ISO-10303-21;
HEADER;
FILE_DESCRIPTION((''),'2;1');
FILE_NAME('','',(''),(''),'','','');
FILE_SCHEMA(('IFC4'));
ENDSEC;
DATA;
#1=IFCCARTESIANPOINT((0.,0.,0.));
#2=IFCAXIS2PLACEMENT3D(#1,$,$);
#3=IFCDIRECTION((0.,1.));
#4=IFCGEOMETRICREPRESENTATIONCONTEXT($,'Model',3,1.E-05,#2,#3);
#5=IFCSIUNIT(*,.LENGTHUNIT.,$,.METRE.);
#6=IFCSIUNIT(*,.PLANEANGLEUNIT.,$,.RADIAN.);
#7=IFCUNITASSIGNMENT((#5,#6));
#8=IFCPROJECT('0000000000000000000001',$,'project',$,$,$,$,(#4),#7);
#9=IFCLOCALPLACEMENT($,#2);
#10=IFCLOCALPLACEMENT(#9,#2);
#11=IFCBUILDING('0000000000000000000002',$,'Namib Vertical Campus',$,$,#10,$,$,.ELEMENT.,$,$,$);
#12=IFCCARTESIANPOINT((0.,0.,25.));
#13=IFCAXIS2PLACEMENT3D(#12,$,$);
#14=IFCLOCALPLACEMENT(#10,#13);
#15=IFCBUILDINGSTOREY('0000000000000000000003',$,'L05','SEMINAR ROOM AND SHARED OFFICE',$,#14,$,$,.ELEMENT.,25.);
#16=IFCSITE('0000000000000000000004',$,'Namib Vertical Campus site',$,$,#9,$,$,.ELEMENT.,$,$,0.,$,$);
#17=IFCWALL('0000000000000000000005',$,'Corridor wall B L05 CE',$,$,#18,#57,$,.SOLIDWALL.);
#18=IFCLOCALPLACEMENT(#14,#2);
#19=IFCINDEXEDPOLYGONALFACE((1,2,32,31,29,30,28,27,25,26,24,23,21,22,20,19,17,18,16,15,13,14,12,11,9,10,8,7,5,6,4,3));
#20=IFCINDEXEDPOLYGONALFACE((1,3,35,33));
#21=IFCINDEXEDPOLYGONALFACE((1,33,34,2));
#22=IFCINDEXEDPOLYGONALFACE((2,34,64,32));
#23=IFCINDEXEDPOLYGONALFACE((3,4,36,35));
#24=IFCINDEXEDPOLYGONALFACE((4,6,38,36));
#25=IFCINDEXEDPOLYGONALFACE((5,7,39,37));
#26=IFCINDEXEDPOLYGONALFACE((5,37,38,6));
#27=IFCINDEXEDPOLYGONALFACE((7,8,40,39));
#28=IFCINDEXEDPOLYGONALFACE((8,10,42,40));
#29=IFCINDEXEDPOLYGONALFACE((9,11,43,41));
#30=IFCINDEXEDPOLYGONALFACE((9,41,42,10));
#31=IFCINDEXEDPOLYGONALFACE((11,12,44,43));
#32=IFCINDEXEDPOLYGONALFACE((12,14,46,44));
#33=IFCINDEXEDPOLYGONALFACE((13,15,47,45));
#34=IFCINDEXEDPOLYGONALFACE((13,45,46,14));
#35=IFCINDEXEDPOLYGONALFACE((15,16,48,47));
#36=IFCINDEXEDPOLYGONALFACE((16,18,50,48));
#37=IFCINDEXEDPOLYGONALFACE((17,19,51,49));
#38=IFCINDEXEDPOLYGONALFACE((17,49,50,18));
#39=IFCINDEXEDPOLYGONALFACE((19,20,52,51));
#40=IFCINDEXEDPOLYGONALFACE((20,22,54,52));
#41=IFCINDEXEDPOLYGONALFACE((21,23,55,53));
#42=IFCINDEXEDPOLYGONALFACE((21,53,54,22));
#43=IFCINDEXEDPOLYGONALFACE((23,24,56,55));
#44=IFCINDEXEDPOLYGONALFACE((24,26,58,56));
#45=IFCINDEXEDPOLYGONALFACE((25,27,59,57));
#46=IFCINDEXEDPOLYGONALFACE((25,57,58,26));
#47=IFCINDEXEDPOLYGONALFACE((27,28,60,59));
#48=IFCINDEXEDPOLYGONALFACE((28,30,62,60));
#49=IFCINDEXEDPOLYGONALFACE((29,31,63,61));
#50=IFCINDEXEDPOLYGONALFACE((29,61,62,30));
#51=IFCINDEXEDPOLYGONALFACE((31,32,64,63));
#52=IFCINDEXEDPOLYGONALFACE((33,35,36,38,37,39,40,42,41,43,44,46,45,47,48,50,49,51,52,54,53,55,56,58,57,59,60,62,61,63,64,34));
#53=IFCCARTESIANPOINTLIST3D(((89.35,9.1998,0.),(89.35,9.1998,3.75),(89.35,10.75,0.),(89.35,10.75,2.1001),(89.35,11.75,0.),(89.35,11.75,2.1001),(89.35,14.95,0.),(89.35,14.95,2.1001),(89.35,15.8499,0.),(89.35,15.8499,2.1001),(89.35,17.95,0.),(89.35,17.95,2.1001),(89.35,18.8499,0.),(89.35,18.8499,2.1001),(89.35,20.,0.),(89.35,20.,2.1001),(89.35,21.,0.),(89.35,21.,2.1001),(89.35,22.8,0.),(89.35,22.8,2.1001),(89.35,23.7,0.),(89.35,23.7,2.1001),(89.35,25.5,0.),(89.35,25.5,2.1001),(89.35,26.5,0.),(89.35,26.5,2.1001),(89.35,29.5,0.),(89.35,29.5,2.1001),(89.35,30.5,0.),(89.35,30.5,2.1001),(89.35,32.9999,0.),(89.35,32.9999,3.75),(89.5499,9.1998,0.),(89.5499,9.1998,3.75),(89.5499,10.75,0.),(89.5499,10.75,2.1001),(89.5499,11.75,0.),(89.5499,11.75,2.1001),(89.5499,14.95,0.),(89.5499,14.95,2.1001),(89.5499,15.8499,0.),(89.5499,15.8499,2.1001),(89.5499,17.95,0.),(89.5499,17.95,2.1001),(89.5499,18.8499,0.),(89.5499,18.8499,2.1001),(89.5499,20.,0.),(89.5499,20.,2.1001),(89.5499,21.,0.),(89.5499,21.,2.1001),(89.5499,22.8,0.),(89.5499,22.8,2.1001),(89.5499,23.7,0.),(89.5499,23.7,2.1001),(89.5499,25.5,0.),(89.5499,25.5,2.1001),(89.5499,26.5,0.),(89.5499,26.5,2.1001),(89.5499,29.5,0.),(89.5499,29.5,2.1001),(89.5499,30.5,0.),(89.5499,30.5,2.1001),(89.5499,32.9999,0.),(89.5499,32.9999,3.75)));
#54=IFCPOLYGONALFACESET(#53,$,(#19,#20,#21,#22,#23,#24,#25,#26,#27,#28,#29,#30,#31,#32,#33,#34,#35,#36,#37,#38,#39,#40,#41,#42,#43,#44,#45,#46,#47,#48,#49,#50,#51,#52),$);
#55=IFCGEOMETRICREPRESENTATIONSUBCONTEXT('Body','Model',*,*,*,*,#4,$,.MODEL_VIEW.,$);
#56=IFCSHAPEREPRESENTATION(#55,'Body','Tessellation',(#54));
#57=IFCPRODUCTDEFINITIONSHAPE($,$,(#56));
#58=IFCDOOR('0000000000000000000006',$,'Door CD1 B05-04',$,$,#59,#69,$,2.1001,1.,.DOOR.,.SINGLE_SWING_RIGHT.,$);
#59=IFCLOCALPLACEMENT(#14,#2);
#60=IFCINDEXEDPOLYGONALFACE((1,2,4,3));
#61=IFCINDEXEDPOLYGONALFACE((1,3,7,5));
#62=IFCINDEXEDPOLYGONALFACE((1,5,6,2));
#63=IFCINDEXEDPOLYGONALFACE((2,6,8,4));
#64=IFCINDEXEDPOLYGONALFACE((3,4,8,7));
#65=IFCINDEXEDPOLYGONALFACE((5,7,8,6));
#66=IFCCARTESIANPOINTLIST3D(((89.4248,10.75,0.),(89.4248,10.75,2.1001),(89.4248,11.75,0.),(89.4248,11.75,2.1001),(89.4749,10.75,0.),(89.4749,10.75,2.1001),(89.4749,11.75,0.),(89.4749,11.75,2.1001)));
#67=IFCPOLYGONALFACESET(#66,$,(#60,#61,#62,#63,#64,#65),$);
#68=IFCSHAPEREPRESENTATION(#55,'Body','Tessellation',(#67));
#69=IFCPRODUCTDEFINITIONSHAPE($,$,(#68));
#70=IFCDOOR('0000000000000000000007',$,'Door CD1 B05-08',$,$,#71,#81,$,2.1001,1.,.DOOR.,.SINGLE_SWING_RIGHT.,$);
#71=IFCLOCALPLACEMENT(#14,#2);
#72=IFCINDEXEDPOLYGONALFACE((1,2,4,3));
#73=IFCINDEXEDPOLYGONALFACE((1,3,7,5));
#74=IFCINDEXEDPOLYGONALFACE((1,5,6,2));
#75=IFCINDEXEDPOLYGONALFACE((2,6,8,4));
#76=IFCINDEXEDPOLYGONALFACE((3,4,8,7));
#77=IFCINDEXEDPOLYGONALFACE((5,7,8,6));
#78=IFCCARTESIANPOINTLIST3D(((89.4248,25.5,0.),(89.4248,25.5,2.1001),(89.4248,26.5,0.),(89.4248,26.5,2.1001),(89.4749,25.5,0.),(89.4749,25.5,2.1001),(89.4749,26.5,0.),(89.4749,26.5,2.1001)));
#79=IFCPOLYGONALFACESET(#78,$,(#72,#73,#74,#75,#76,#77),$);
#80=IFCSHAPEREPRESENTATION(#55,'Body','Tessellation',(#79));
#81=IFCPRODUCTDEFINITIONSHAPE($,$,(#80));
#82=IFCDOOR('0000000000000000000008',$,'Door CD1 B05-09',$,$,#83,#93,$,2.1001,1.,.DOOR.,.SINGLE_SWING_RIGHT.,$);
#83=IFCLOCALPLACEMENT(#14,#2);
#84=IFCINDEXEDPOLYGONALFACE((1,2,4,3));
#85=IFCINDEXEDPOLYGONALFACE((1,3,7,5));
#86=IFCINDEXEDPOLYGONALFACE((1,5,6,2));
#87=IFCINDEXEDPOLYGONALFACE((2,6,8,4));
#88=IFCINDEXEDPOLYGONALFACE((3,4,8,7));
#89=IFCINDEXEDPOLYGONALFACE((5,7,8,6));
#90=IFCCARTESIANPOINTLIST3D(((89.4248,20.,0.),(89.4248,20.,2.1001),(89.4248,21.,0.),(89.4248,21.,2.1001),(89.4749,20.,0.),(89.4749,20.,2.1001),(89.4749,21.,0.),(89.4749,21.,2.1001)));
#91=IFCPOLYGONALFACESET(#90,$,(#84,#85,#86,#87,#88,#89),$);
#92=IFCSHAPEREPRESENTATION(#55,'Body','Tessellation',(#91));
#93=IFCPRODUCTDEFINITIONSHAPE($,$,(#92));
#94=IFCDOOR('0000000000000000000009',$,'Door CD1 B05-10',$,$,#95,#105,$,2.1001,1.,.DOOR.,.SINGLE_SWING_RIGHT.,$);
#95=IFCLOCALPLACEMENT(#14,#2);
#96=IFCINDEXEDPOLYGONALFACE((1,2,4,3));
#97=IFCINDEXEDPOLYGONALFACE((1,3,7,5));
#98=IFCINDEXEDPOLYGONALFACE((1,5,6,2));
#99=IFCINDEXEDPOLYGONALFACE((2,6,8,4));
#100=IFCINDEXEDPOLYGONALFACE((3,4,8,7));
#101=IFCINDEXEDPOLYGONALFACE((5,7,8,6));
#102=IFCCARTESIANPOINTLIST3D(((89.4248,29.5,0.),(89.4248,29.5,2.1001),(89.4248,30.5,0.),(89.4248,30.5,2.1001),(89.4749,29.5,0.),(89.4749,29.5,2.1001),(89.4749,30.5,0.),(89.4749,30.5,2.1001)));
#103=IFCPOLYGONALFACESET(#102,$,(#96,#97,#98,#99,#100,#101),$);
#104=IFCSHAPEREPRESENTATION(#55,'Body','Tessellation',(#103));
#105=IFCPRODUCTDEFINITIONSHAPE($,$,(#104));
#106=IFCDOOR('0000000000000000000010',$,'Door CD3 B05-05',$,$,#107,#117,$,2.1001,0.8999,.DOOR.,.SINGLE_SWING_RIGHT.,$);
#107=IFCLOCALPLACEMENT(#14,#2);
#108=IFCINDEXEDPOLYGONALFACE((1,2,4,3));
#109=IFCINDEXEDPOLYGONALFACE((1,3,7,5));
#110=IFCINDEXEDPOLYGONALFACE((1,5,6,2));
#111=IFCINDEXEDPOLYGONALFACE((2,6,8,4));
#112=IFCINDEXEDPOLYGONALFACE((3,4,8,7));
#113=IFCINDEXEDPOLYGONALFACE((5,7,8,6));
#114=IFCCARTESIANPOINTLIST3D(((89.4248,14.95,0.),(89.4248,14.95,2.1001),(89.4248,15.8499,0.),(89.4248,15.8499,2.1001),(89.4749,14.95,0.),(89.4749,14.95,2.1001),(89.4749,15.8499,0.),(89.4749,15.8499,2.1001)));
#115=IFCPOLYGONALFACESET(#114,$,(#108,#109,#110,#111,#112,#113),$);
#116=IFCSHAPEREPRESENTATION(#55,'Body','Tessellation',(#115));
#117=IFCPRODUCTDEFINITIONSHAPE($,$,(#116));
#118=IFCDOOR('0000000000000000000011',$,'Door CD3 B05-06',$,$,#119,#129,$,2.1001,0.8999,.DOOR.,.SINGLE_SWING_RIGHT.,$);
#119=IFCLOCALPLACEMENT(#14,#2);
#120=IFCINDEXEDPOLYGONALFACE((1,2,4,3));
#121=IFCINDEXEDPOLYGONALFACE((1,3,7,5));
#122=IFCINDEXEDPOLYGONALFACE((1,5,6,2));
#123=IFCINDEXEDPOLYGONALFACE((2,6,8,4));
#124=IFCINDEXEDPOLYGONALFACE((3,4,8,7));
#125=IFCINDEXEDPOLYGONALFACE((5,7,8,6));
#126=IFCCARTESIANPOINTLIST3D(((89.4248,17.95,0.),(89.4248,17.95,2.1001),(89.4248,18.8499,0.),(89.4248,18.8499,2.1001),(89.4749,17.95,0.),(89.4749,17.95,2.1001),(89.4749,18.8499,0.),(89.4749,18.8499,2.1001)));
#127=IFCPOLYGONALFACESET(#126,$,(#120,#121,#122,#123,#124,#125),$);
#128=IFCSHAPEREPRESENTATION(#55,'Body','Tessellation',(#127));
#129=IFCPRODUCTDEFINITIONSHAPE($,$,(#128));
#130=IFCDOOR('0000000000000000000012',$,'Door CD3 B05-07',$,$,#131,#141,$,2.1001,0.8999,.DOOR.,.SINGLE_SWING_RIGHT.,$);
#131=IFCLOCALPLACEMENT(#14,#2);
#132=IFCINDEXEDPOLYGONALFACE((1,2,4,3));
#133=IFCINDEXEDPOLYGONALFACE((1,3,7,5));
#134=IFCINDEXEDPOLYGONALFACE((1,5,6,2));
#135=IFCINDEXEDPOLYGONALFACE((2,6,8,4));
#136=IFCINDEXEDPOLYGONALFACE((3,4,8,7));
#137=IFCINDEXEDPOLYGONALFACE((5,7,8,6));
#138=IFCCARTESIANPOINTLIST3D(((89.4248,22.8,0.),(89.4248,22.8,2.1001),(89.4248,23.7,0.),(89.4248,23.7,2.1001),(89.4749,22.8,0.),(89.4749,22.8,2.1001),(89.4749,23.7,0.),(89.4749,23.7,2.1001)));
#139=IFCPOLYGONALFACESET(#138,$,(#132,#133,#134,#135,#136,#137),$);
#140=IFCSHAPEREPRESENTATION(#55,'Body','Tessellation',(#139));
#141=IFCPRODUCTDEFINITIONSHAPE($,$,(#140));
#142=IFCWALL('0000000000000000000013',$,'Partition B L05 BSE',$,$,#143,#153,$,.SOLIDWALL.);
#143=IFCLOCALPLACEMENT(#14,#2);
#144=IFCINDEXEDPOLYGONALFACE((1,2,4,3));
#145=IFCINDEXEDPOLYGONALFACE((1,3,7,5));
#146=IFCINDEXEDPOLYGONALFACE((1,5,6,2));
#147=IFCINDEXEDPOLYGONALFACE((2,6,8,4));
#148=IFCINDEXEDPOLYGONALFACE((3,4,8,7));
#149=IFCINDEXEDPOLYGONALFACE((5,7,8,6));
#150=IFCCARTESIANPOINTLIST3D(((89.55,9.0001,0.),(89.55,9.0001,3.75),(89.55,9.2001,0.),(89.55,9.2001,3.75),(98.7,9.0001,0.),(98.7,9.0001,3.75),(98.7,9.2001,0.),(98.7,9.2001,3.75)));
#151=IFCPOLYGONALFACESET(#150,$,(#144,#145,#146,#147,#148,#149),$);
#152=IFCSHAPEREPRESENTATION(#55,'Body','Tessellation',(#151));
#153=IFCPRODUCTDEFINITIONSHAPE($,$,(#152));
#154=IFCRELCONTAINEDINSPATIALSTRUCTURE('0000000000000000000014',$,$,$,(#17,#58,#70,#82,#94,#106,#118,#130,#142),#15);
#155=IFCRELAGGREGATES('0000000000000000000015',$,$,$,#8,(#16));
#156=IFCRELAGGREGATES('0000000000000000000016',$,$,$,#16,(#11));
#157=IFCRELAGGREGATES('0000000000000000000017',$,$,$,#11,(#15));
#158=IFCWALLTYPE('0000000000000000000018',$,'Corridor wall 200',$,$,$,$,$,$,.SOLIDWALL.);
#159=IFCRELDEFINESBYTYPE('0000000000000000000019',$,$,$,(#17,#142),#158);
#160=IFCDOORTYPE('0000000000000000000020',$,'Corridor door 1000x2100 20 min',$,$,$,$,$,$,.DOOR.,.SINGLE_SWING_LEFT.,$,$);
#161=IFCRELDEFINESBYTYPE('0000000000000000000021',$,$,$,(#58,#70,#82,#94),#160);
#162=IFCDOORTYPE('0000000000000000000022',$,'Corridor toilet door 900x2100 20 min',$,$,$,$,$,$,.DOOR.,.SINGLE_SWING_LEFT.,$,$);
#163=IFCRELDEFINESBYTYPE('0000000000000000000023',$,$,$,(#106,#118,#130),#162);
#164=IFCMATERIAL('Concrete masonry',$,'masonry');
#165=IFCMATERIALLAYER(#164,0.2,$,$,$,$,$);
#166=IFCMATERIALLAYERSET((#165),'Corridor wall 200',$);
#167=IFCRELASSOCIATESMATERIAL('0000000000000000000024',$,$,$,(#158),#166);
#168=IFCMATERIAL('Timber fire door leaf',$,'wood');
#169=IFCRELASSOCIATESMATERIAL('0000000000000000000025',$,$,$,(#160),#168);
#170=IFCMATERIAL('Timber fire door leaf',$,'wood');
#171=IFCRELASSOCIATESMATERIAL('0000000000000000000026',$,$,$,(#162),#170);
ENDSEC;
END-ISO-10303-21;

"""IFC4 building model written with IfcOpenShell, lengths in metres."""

from ifc_helpers import new_model, si_unit, direction, frame, frame_2d, origin, place, context, subcontext, project, spatial, rectangle, extrude, material, layer, layer_set, type_object, element, fill, save


model = new_model("IFC4")

# Units and contexts
model_context = context("Model", 3, precision=1e-05, world=origin(), true_north=direction((0.0, 1.0)))
body_context = subcontext(model_context, "Body", "Model", "MODEL_VIEW")
ifc_project = project(units=[si_unit("LENGTHUNIT", "METRE"), si_unit("PLANEANGLEUNIT", "RADIAN")], contexts=[model_context])

# Site, building, storey
site_placement = place(None, origin())
site = spatial("IfcSite", under=ifc_project, at=site_placement, Name="Namib Vertical Campus site", CompositionType="ELEMENT", RefElevation=0.0)
building_placement = place(site_placement, origin())
building = spatial("IfcBuilding", under=site, at=building_placement, Name="Namib Vertical Campus", CompositionType="ELEMENT")
storey_placement = place(building_placement, frame((0.0, 0.0, 25.0)))
storey = spatial("IfcBuildingStorey", under=building, at=storey_placement, Name="L05", Description="SEMINAR ROOM AND SHARED OFFICE", CompositionType="ELEMENT", Elevation=25.0)

# Wall, openings, doors
ifc_material_1 = material(Name="Concrete masonry", Category="masonry")
ifc_layer_1 = layer(ifc_material_1, 0.2)
ifc_layer_set_1 = layer_set([ifc_layer_1], Name="Corridor wall 200")
wall_type_1 = type_object("IfcWallType", Name="Corridor wall 200", PredefinedType="SOLIDWALL", material=ifc_layer_set_1)
wall_1_placement = place(storey_placement, frame((89.45, 9.2, 0.0), z_axis=(0.0, 0.0, 1.0), x_axis=(0.0, 1.0, 0.0)))
wall_1 = element("IfcWall", 1, at=wall_1_placement, inside=storey, type_object=wall_type_1, Name="Corridor wall B L05 CE", PredefinedType="SOLIDWALL", context=body_context, shape_type="SweptSolid", body=[
    extrude(rectangle(XDim=23.8, YDim=0.2, at=frame_2d((11.8999, 0.0))), origin(), (0.0, 0.0, 1.0), 3.75),
])
opening_1_placement = place(wall_1_placement, frame((1.55, 0.0, 0.0)))
opening_1 = element("IfcOpeningElement", 2, at=opening_1_placement, cuts=wall_1, PredefinedType="OPENING", context=body_context, shape_type="SweptSolid", body=[
    extrude(rectangle(XDim=1.0, YDim=2.1001, at=frame_2d((0.5, 1.05))), frame((0.0, 0.1099, 0.0), z_axis=(0.0, -1.0, 0.0), x_axis=(1.0, 0.0, 0.0)), (0.0, 0.0, 1.0), 0.22),
])
opening_2_placement = place(wall_1_placement, frame((5.75, 0.0, 0.0)))
opening_2 = element("IfcOpeningElement", 3, at=opening_2_placement, cuts=wall_1, PredefinedType="OPENING", context=body_context, shape_type="SweptSolid", body=[
    extrude(rectangle(XDim=0.8999, YDim=2.1001, at=frame_2d((0.45, 1.05))), frame((0.0, 0.1099, 0.0), z_axis=(0.0, -1.0, 0.0), x_axis=(1.0, 0.0, 0.0)), (0.0, 0.0, 1.0), 0.22),
])
opening_3_placement = place(wall_1_placement, frame((8.75, 0.0, 0.0)))
opening_3 = element("IfcOpeningElement", 4, at=opening_3_placement, cuts=wall_1, PredefinedType="OPENING", context=body_context, shape_type="SweptSolid", body=[
    extrude(rectangle(XDim=0.8999, YDim=2.1001, at=frame_2d((0.45, 1.05))), frame((0.0, 0.1099, 0.0), z_axis=(0.0, -1.0, 0.0), x_axis=(1.0, 0.0, 0.0)), (0.0, 0.0, 1.0), 0.22),
])
opening_4_placement = place(wall_1_placement, frame((13.6001, 0.0, 0.0)))
opening_4 = element("IfcOpeningElement", 5, at=opening_4_placement, cuts=wall_1, PredefinedType="OPENING", context=body_context, shape_type="SweptSolid", body=[
    extrude(rectangle(XDim=0.8999, YDim=2.1001, at=frame_2d((0.45, 1.05))), frame((0.0, 0.1099, 0.0), z_axis=(0.0, -1.0, 0.0), x_axis=(1.0, 0.0, 0.0)), (0.0, 0.0, 1.0), 0.22),
])
opening_5_placement = place(wall_1_placement, frame((16.3, 0.0, 0.0)))
opening_5 = element("IfcOpeningElement", 6, at=opening_5_placement, cuts=wall_1, PredefinedType="OPENING", context=body_context, shape_type="SweptSolid", body=[
    extrude(rectangle(XDim=1.0, YDim=2.1001, at=frame_2d((0.5, 1.05))), frame((0.0, 0.1099, 0.0), z_axis=(0.0, -1.0, 0.0), x_axis=(1.0, 0.0, 0.0)), (0.0, 0.0, 1.0), 0.22),
])
opening_6_placement = place(wall_1_placement, frame((10.8, 0.0, 0.0)))
opening_6 = element("IfcOpeningElement", 7, at=opening_6_placement, cuts=wall_1, PredefinedType="OPENING", context=body_context, shape_type="SweptSolid", body=[
    extrude(rectangle(XDim=1.0, YDim=2.1001, at=frame_2d((0.5, 1.05))), frame((0.0, 0.1099, 0.0), z_axis=(0.0, -1.0, 0.0), x_axis=(1.0, 0.0, 0.0)), (0.0, 0.0, 1.0), 0.22),
])
opening_7_placement = place(wall_1_placement, frame((20.3, 0.0, 0.0)))
opening_7 = element("IfcOpeningElement", 8, at=opening_7_placement, cuts=wall_1, PredefinedType="OPENING", context=body_context, shape_type="SweptSolid", body=[
    extrude(rectangle(XDim=1.0, YDim=2.1001, at=frame_2d((0.5, 1.05))), frame((0.0, 0.1099, 0.0), z_axis=(0.0, -1.0, 0.0), x_axis=(1.0, 0.0, 0.0)), (0.0, 0.0, 1.0), 0.22),
])
ifc_material_2 = material(Name="Timber fire door leaf", Category="wood")
door_type_1 = type_object("IfcDoorType", Name="Corridor door 1000x2100 20 min", OperationType="SINGLE_SWING_LEFT", PredefinedType="DOOR", material=ifc_material_2)
door_1_placement = place(opening_1_placement, frame((1.0, 0.0, 0.0), z_axis=(0.0, 0.0, 1.0), x_axis=(-1.0, 0.0, 0.0)))
door_1 = element("IfcDoor", 9, at=door_1_placement, inside=storey, type_object=door_type_1, Name="Door CD1 B05-04", OperationType="SINGLE_SWING_RIGHT", OverallHeight=2.1001, OverallWidth=1.0, PredefinedType="DOOR", context=body_context, shape_type="SweptSolid", body=[
    extrude(rectangle(XDim=1.0, YDim=2.1001, at=frame_2d((0.5, 1.05))), frame((0.0, 0.0249, 0.0), z_axis=(0.0, -1.0, 0.0), x_axis=(1.0, 0.0, 0.0)), (0.0, 0.0, 1.0), 0.05),
])
fill(opening_1, door_1)
door_2_placement = place(opening_5_placement, frame((1.0, 0.0, 0.0), z_axis=(0.0, 0.0, 1.0), x_axis=(-1.0, 0.0, 0.0)))
door_2 = element("IfcDoor", 10, at=door_2_placement, inside=storey, type_object=door_type_1, Name="Door CD1 B05-08", OperationType="SINGLE_SWING_RIGHT", OverallHeight=2.1001, OverallWidth=1.0, PredefinedType="DOOR", context=body_context, shape_type="SweptSolid", body=[
    extrude(rectangle(XDim=1.0, YDim=2.1001, at=frame_2d((0.5, 1.05))), frame((0.0, 0.0249, 0.0), z_axis=(0.0, -1.0, 0.0), x_axis=(1.0, 0.0, 0.0)), (0.0, 0.0, 1.0), 0.05),
])
fill(opening_5, door_2)
door_3_placement = place(opening_6_placement, frame((1.0, 0.0, 0.0), z_axis=(0.0, 0.0, 1.0), x_axis=(-1.0, 0.0, 0.0)))
door_3 = element("IfcDoor", 11, at=door_3_placement, inside=storey, type_object=door_type_1, Name="Door CD1 B05-09", OperationType="SINGLE_SWING_RIGHT", OverallHeight=2.1001, OverallWidth=1.0, PredefinedType="DOOR", context=body_context, shape_type="SweptSolid", body=[
    extrude(rectangle(XDim=1.0, YDim=2.1001, at=frame_2d((0.5, 1.05))), frame((0.0, 0.0249, 0.0), z_axis=(0.0, -1.0, 0.0), x_axis=(1.0, 0.0, 0.0)), (0.0, 0.0, 1.0), 0.05),
])
fill(opening_6, door_3)
door_4_placement = place(opening_7_placement, frame((1.0, 0.0, 0.0), z_axis=(0.0, 0.0, 1.0), x_axis=(-1.0, 0.0, 0.0)))
door_4 = element("IfcDoor", 12, at=door_4_placement, inside=storey, type_object=door_type_1, Name="Door CD1 B05-10", OperationType="SINGLE_SWING_RIGHT", OverallHeight=2.1001, OverallWidth=1.0, PredefinedType="DOOR", context=body_context, shape_type="SweptSolid", body=[
    extrude(rectangle(XDim=1.0, YDim=2.1001, at=frame_2d((0.5, 1.05))), frame((0.0, 0.0249, 0.0), z_axis=(0.0, -1.0, 0.0), x_axis=(1.0, 0.0, 0.0)), (0.0, 0.0, 1.0), 0.05),
])
fill(opening_7, door_4)
ifc_material_3 = material(Name="Timber fire door leaf", Category="wood")
door_type_2 = type_object("IfcDoorType", Name="Corridor toilet door 900x2100 20 min", OperationType="SINGLE_SWING_LEFT", PredefinedType="DOOR", material=ifc_material_3)
door_5_placement = place(opening_2_placement, frame((0.8999, 0.0, 0.0), z_axis=(0.0, 0.0, 1.0), x_axis=(-1.0, 0.0, 0.0)))
door_5 = element("IfcDoor", 13, at=door_5_placement, inside=storey, type_object=door_type_2, Name="Door CD3 B05-05", OperationType="SINGLE_SWING_RIGHT", OverallHeight=2.1001, OverallWidth=0.8999, PredefinedType="DOOR", context=body_context, shape_type="SweptSolid", body=[
    extrude(rectangle(XDim=0.8999, YDim=2.1001, at=frame_2d((0.45, 1.05))), frame((0.0, 0.0249, 0.0), z_axis=(0.0, -1.0, 0.0), x_axis=(1.0, 0.0, 0.0)), (0.0, 0.0, 1.0), 0.05),
])
fill(opening_2, door_5)
door_6_placement = place(opening_3_placement, frame((0.8999, 0.0, 0.0), z_axis=(0.0, 0.0, 1.0), x_axis=(-1.0, 0.0, 0.0)))
door_6 = element("IfcDoor", 14, at=door_6_placement, inside=storey, type_object=door_type_2, Name="Door CD3 B05-06", OperationType="SINGLE_SWING_RIGHT", OverallHeight=2.1001, OverallWidth=0.8999, PredefinedType="DOOR", context=body_context, shape_type="SweptSolid", body=[
    extrude(rectangle(XDim=0.8999, YDim=2.1001, at=frame_2d((0.45, 1.05))), frame((0.0, 0.0249, 0.0), z_axis=(0.0, -1.0, 0.0), x_axis=(1.0, 0.0, 0.0)), (0.0, 0.0, 1.0), 0.05),
])
fill(opening_3, door_6)
door_7_placement = place(opening_4_placement, frame((0.8999, 0.0, 0.0), z_axis=(0.0, 0.0, 1.0), x_axis=(-1.0, 0.0, 0.0)))
door_7 = element("IfcDoor", 15, at=door_7_placement, inside=storey, type_object=door_type_2, Name="Door CD3 B05-07", OperationType="SINGLE_SWING_RIGHT", OverallHeight=2.1001, OverallWidth=0.8999, PredefinedType="DOOR", context=body_context, shape_type="SweptSolid", body=[
    extrude(rectangle(XDim=0.8999, YDim=2.1001, at=frame_2d((0.45, 1.05))), frame((0.0, 0.0249, 0.0), z_axis=(0.0, -1.0, 0.0), x_axis=(1.0, 0.0, 0.0)), (0.0, 0.0, 1.0), 0.05),
])
fill(opening_4, door_7)

# Wall
wall_2_placement = place(storey_placement, frame((89.55, 9.1001, 0.0), z_axis=(0.0, 0.0, 1.0), x_axis=(1.0, 0.0, 0.0)))
element("IfcWall", 16, at=wall_2_placement, inside=storey, type_object=wall_type_1, Name="Partition B L05 BSE", PredefinedType="SOLIDWALL", context=body_context, shape_type="SweptSolid", body=[
    extrude(rectangle(XDim=9.1499, YDim=0.2, at=frame_2d((4.575, 0.0))), origin(), (0.0, 0.0, 1.0), 3.75),
])

save(model, "model.ifc")
